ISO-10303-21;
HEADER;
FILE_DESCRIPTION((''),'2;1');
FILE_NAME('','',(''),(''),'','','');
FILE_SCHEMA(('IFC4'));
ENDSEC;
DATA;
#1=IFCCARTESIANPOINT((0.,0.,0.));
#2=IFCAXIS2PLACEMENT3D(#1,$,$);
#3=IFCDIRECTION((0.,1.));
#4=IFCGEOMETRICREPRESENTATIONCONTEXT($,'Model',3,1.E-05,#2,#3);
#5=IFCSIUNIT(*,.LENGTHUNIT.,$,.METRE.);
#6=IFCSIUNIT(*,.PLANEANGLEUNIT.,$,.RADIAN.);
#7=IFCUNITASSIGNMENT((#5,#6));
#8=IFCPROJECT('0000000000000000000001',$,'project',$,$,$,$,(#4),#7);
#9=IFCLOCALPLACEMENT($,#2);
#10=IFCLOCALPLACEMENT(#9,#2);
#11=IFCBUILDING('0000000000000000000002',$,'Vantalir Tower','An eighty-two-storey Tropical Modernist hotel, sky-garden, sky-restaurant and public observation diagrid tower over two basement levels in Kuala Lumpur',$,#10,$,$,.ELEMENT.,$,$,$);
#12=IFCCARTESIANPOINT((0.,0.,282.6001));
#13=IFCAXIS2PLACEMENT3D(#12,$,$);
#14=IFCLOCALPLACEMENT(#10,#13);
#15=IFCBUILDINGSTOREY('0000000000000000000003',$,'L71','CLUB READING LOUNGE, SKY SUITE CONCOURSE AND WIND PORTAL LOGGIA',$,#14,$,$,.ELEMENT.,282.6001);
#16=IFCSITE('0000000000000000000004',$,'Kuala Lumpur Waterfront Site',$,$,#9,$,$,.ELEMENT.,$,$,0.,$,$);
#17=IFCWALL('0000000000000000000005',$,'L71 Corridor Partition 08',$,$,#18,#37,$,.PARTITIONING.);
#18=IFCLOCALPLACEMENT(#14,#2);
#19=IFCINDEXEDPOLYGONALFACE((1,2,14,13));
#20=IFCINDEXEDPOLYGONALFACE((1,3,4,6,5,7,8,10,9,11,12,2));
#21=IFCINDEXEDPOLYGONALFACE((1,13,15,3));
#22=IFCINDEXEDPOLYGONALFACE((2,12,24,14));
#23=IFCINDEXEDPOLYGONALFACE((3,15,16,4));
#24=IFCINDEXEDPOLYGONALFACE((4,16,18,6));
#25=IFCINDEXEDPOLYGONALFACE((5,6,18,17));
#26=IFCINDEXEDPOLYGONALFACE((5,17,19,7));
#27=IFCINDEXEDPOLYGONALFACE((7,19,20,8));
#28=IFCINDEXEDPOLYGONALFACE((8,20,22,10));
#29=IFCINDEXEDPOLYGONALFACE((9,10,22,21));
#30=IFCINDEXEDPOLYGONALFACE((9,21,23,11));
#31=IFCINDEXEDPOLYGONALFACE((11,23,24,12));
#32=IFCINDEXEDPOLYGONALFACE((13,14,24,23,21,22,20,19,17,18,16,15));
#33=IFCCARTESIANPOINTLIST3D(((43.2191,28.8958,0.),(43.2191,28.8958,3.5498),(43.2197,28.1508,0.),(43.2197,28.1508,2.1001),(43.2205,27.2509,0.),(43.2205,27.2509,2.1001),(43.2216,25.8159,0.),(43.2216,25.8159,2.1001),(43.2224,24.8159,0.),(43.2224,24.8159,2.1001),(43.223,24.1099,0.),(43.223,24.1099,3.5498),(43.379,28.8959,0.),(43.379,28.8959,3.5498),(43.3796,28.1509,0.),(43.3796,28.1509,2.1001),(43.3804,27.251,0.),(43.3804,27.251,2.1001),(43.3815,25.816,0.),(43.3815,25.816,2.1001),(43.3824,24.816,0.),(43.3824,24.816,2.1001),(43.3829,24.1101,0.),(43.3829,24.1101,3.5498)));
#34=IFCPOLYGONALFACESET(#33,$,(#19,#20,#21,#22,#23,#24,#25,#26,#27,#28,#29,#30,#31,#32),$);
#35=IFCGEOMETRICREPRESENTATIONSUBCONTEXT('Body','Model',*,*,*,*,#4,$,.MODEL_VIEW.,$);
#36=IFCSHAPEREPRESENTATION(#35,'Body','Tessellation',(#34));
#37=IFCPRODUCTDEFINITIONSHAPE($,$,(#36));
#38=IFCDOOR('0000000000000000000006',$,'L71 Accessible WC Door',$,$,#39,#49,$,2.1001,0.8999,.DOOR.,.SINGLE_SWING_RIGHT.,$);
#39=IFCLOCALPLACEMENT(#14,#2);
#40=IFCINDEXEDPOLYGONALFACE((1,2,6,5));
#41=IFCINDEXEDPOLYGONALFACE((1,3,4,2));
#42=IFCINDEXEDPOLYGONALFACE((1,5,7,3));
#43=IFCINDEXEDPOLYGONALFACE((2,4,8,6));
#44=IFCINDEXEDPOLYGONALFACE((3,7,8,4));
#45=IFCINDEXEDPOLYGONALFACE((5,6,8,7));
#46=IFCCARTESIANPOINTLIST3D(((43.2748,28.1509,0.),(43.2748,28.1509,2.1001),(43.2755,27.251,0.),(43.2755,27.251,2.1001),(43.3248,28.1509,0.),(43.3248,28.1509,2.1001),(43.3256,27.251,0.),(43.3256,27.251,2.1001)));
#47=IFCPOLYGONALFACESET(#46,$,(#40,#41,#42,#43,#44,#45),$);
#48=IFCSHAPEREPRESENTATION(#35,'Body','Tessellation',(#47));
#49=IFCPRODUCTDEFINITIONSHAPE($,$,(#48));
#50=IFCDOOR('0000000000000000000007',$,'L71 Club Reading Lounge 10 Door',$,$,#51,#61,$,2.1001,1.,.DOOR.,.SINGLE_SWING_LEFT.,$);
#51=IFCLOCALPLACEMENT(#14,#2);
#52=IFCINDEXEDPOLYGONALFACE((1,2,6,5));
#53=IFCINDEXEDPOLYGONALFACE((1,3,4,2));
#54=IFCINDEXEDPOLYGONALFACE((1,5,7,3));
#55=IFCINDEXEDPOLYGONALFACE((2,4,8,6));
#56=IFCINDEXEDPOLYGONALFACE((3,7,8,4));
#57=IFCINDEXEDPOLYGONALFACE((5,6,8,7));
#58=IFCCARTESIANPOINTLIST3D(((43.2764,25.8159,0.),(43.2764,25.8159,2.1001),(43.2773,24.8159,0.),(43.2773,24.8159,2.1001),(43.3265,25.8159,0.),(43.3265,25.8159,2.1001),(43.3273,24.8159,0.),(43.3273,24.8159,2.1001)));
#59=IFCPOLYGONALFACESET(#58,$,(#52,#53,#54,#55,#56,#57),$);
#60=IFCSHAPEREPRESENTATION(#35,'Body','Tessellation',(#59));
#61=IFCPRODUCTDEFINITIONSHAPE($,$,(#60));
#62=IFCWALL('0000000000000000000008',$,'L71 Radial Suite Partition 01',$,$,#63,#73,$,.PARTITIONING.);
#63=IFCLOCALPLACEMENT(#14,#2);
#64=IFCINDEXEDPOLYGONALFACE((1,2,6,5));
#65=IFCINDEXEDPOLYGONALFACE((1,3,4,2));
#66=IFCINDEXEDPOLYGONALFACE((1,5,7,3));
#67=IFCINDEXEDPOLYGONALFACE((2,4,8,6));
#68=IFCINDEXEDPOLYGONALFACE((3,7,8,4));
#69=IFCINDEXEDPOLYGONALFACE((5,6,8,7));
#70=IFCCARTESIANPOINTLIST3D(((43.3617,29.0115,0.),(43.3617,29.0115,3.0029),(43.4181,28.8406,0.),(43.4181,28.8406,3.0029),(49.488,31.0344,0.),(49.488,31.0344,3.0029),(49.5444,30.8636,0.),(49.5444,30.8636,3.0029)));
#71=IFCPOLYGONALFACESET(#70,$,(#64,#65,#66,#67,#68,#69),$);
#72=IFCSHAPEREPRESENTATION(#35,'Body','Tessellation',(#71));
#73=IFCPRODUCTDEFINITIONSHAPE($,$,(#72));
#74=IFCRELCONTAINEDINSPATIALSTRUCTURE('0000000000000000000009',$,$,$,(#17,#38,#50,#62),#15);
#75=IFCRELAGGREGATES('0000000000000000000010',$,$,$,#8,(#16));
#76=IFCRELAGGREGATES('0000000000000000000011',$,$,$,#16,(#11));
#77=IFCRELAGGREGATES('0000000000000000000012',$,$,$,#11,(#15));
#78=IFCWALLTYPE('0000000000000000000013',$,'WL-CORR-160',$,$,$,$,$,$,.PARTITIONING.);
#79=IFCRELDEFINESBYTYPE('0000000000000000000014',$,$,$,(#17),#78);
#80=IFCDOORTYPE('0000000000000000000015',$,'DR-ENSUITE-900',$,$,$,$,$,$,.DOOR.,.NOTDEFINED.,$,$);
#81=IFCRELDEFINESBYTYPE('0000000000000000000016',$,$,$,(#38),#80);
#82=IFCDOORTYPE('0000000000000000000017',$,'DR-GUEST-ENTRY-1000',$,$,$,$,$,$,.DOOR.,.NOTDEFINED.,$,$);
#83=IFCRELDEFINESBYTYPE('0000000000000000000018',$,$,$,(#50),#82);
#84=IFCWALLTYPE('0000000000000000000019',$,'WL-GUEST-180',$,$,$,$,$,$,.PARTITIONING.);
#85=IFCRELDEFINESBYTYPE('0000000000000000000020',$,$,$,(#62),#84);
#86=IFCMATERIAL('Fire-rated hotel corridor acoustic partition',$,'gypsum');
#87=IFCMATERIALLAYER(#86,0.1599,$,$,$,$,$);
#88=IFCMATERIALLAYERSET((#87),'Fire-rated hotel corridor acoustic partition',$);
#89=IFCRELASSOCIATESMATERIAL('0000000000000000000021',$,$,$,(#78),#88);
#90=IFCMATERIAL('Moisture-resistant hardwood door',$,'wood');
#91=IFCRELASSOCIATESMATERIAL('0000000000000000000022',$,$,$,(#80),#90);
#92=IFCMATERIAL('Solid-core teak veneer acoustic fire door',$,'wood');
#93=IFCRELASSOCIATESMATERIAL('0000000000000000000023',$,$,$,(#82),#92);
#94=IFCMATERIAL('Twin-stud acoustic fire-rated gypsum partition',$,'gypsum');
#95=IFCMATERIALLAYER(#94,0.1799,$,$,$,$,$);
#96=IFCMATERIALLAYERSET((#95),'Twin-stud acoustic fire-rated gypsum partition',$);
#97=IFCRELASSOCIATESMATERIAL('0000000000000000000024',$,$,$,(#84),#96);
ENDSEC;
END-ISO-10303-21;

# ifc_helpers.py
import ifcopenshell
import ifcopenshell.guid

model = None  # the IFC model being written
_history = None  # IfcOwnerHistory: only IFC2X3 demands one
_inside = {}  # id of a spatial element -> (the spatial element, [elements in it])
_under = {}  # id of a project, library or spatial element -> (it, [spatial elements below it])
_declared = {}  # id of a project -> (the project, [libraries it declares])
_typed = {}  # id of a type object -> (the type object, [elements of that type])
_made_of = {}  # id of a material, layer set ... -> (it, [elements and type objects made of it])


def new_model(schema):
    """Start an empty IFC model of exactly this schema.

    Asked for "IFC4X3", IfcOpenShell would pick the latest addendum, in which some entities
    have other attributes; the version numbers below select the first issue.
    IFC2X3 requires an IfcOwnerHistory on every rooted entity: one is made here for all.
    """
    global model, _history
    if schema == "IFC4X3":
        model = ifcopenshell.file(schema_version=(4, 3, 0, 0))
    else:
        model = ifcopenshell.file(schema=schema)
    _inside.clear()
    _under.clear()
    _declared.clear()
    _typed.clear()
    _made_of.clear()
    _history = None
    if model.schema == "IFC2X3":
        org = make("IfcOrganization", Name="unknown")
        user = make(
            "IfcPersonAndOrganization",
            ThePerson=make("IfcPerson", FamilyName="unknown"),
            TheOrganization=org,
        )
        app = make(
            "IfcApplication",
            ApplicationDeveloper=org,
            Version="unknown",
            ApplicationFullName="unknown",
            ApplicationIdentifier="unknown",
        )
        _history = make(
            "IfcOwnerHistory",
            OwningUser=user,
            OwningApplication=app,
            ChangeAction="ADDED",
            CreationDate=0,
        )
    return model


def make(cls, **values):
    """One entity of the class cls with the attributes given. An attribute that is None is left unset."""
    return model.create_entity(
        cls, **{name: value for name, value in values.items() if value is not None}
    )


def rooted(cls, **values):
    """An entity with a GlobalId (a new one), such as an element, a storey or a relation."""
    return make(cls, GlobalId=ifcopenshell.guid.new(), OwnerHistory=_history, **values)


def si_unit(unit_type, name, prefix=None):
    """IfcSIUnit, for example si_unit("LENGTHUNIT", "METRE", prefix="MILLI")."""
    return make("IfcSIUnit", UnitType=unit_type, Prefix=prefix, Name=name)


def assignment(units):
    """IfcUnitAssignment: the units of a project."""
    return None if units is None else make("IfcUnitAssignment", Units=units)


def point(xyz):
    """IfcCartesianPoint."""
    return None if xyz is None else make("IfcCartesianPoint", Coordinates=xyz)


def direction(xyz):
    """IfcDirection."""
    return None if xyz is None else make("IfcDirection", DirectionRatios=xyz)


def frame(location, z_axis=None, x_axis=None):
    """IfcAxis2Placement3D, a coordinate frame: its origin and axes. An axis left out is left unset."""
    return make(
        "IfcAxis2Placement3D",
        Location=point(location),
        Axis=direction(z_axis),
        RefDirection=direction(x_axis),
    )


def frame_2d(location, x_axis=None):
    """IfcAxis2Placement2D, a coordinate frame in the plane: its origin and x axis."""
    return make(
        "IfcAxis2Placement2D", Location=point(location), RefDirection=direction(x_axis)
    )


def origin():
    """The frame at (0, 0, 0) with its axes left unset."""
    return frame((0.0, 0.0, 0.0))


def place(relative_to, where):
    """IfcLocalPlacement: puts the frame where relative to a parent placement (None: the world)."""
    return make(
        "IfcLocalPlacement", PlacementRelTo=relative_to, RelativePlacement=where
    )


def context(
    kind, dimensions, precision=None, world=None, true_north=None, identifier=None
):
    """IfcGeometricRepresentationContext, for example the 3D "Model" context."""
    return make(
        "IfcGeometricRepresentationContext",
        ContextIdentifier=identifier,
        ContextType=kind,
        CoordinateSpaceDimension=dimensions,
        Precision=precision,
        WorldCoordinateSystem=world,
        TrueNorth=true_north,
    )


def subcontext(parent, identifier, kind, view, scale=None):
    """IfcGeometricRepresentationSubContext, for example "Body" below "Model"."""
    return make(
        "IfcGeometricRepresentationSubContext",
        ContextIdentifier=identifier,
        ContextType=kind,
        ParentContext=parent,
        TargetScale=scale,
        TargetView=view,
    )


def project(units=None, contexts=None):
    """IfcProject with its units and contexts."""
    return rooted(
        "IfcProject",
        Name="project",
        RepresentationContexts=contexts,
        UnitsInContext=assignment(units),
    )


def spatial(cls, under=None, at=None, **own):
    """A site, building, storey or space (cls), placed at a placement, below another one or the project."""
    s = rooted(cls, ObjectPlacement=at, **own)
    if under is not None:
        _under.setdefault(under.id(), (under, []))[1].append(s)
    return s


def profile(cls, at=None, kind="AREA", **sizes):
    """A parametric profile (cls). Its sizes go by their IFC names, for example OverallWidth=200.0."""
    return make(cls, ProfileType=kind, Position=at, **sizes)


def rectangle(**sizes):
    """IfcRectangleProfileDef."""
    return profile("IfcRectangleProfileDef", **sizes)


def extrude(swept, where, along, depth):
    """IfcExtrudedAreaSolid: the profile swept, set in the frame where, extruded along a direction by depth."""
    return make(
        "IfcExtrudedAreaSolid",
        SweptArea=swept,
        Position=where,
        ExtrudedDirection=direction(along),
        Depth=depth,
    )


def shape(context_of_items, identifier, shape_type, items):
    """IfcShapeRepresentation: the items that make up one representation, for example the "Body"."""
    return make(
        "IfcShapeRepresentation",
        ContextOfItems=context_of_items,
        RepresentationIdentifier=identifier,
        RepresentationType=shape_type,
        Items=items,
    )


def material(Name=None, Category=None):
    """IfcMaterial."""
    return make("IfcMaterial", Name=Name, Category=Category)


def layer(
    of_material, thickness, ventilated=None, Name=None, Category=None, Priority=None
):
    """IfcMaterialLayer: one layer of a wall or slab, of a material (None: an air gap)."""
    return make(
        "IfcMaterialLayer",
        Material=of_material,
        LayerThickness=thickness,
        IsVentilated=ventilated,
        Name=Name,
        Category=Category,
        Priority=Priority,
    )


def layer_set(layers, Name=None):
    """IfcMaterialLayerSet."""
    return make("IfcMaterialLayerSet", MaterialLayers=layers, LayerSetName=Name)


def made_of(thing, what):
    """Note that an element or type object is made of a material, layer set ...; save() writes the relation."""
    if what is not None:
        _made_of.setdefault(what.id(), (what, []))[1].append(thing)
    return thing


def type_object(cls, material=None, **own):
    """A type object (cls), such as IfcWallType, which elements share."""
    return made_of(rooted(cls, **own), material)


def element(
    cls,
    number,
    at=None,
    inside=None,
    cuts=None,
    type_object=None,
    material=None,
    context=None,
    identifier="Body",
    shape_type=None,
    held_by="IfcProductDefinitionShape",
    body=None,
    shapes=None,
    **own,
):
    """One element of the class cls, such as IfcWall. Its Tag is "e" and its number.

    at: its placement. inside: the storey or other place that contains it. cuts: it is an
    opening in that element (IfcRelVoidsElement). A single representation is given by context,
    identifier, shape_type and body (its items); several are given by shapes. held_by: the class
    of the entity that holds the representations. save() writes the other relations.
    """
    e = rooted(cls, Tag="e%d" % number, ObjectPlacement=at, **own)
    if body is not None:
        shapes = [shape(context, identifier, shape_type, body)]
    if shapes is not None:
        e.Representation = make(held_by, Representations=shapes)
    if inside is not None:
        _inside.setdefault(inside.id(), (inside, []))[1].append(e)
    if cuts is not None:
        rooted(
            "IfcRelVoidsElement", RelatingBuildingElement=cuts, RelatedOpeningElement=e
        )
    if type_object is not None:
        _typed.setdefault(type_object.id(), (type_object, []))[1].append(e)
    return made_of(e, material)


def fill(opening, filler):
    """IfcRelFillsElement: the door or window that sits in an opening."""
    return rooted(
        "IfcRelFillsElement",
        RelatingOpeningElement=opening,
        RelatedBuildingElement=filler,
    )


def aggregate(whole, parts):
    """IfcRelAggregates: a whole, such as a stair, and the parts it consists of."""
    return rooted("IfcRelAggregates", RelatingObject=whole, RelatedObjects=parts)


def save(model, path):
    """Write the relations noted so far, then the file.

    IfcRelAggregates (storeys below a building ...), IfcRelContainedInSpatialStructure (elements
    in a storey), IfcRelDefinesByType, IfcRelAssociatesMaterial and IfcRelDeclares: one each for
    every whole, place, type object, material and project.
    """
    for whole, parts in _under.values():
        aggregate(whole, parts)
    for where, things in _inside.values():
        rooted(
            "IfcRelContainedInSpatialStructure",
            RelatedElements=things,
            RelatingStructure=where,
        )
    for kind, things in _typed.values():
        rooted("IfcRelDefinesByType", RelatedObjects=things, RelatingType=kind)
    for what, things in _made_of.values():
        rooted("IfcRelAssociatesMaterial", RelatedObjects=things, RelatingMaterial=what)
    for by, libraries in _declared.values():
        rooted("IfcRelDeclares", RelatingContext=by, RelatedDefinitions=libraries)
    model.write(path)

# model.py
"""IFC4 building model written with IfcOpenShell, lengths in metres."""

from ifc_helpers import new_model, si_unit, direction, frame, frame_2d, origin, place, context, subcontext, project, spatial, rectangle, extrude, material, layer, layer_set, type_object, element, fill, save


model = new_model("IFC4")

# Units and contexts
model_context = context("Model", 3, precision=1e-05, world=origin(), true_north=direction((0.0, 1.0)))
body_context = subcontext(model_context, "Body", "Model", "MODEL_VIEW")
ifc_project = project(units=[si_unit("LENGTHUNIT", "METRE"), si_unit("PLANEANGLEUNIT", "RADIAN")], contexts=[model_context])

# Site, building, storey
site_placement = place(None, origin())
site = spatial("IfcSite", under=ifc_project, at=site_placement, Name="Kuala Lumpur Waterfront Site", CompositionType="ELEMENT", RefElevation=0.0)
building_placement = place(site_placement, origin())
building = spatial("IfcBuilding", under=site, at=building_placement, Name="Vantalir Tower", Description="An eighty-two-storey Tropical Modernist hotel, sky-garden, sky-restaurant and public observation diagrid tower over two basement levels in Kuala Lumpur", CompositionType="ELEMENT")
storey_placement = place(building_placement, frame((0.0, 0.0, 282.6001)))
storey = spatial("IfcBuildingStorey", under=building, at=storey_placement, Name="L71", Description="CLUB READING LOUNGE, SKY SUITE CONCOURSE AND WIND PORTAL LOGGIA", CompositionType="ELEMENT", Elevation=282.6001)

# Wall, openings, doors
ifc_material_1 = material(Name="Fire-rated hotel corridor acoustic partition", Category="gypsum")
ifc_layer_1 = layer(ifc_material_1, 0.1599)
ifc_layer_set_1 = layer_set([ifc_layer_1], Name="Fire-rated hotel corridor acoustic partition")
wall_type_1 = type_object("IfcWallType", Name="WL-CORR-160", PredefinedType="PARTITIONING", material=ifc_layer_set_1)
wall_1_placement = place(storey_placement, frame((43.2991, 28.896, 0.0), z_axis=(0.0, 0.0, 1.0), x_axis=(0.000816, -1.0, 0.0)))
wall_1 = element("IfcWall", 1, at=wall_1_placement, inside=storey, type_object=wall_type_1, Name="L71 Corridor Partition 08", PredefinedType="PARTITIONING", context=body_context, shape_type="SweptSolid", body=[
    extrude(rectangle(XDim=4.7859, YDim=0.1599, at=frame_2d((2.3931, 0.0))), origin(), (0.0, 0.0, 1.0), 3.5498),
])
opening_1_placement = place(wall_1_placement, frame((0.7451, 0.0, 0.0)))
opening_1 = element("IfcOpeningElement", 2, at=opening_1_placement, cuts=wall_1, PredefinedType="OPENING", context=body_context, shape_type="SweptSolid", body=[
    extrude(rectangle(XDim=0.8999, YDim=2.1001, at=frame_2d((0.45, 1.05))), frame((0.0, 0.0898, 0.0), z_axis=(0.0, -1.0, 0.0), x_axis=(1.0, 0.0, 0.0)), (0.0, 0.0, 1.0), 0.1799),
])
opening_2_placement = place(wall_1_placement, frame((3.0801, 0.0, 0.0)))
opening_2 = element("IfcOpeningElement", 3, at=opening_2_placement, cuts=wall_1, PredefinedType="OPENING", context=body_context, shape_type="SweptSolid", body=[
    extrude(rectangle(XDim=1.0, YDim=2.1001, at=frame_2d((0.5, 1.05))), frame((0.0, 0.0898, 0.0), z_axis=(0.0, -1.0, 0.0), x_axis=(1.0, 0.0, 0.0)), (0.0, 0.0, 1.0), 0.1799),
])
ifc_material_2 = material(Name="Moisture-resistant hardwood door", Category="wood")
door_type_1 = type_object("IfcDoorType", Name="DR-ENSUITE-900", OperationType="NOTDEFINED", PredefinedType="DOOR", material=ifc_material_2)
door_1_placement = place(opening_1_placement, frame((0.8999, 0.0, 0.0), z_axis=(0.0, 0.0, 1.0), x_axis=(-1.0, 0.0, 0.0)))
door_1 = element("IfcDoor", 4, at=door_1_placement, inside=storey, type_object=door_type_1, Name="L71 Accessible WC Door", OperationType="SINGLE_SWING_RIGHT", OverallHeight=2.1001, OverallWidth=0.8999, PredefinedType="DOOR", context=body_context, shape_type="SweptSolid", body=[
    extrude(rectangle(XDim=0.8999, YDim=2.1001, at=frame_2d((0.45, 1.05))), frame((0.0, 0.0249, 0.0), z_axis=(0.0, -1.0, 0.0), x_axis=(1.0, 0.0, 0.0)), (0.0, 0.0, 1.0), 0.05),
])
fill(opening_1, door_1)
ifc_material_3 = material(Name="Solid-core teak veneer acoustic fire door", Category="wood")
door_type_2 = type_object("IfcDoorType", Name="DR-GUEST-ENTRY-1000", OperationType="NOTDEFINED", PredefinedType="DOOR", material=ifc_material_3)
door_2_placement = place(opening_2_placement, origin())
door_2 = element("IfcDoor", 5, at=door_2_placement, inside=storey, type_object=door_type_2, Name="L71 Club Reading Lounge 10 Door", OperationType="SINGLE_SWING_LEFT", OverallHeight=2.1001, OverallWidth=1.0, PredefinedType="DOOR", context=body_context, shape_type="SweptSolid", body=[
    extrude(rectangle(XDim=1.0, YDim=2.1001, at=frame_2d((0.5, 1.05))), frame((0.0, 0.0249, 0.0), z_axis=(0.0, -1.0, 0.0), x_axis=(1.0, 0.0, 0.0)), (0.0, 0.0, 1.0), 0.05),
])
fill(opening_2, door_2)

# Wall
ifc_material_4 = material(Name="Twin-stud acoustic fire-rated gypsum partition", Category="gypsum")
ifc_layer_2 = layer(ifc_material_4, 0.1799)
ifc_layer_set_2 = layer_set([ifc_layer_2], Name="Twin-stud acoustic fire-rated gypsum partition")
wall_type_2 = type_object("IfcWallType", Name="WL-GUEST-180", PredefinedType="PARTITIONING", material=ifc_layer_set_2)
wall_2_placement = place(storey_placement, frame((43.3899, 28.926, 0.0), z_axis=(0.0, 0.0, 1.0), x_axis=(0.949569, 0.313559, 0.0)))
element("IfcWall", 6, at=wall_2_placement, inside=storey, type_object=wall_type_2, Name="L71 Radial Suite Partition 01", PredefinedType="PARTITIONING", context=body_context, shape_type="SweptSolid", body=[
    extrude(rectangle(XDim=6.4517, YDim=0.1799, at=frame_2d((3.2258, 0.0))), origin(), (0.0, 0.0, 1.0), 3.0029),
])

save(model, "model.ifc")
